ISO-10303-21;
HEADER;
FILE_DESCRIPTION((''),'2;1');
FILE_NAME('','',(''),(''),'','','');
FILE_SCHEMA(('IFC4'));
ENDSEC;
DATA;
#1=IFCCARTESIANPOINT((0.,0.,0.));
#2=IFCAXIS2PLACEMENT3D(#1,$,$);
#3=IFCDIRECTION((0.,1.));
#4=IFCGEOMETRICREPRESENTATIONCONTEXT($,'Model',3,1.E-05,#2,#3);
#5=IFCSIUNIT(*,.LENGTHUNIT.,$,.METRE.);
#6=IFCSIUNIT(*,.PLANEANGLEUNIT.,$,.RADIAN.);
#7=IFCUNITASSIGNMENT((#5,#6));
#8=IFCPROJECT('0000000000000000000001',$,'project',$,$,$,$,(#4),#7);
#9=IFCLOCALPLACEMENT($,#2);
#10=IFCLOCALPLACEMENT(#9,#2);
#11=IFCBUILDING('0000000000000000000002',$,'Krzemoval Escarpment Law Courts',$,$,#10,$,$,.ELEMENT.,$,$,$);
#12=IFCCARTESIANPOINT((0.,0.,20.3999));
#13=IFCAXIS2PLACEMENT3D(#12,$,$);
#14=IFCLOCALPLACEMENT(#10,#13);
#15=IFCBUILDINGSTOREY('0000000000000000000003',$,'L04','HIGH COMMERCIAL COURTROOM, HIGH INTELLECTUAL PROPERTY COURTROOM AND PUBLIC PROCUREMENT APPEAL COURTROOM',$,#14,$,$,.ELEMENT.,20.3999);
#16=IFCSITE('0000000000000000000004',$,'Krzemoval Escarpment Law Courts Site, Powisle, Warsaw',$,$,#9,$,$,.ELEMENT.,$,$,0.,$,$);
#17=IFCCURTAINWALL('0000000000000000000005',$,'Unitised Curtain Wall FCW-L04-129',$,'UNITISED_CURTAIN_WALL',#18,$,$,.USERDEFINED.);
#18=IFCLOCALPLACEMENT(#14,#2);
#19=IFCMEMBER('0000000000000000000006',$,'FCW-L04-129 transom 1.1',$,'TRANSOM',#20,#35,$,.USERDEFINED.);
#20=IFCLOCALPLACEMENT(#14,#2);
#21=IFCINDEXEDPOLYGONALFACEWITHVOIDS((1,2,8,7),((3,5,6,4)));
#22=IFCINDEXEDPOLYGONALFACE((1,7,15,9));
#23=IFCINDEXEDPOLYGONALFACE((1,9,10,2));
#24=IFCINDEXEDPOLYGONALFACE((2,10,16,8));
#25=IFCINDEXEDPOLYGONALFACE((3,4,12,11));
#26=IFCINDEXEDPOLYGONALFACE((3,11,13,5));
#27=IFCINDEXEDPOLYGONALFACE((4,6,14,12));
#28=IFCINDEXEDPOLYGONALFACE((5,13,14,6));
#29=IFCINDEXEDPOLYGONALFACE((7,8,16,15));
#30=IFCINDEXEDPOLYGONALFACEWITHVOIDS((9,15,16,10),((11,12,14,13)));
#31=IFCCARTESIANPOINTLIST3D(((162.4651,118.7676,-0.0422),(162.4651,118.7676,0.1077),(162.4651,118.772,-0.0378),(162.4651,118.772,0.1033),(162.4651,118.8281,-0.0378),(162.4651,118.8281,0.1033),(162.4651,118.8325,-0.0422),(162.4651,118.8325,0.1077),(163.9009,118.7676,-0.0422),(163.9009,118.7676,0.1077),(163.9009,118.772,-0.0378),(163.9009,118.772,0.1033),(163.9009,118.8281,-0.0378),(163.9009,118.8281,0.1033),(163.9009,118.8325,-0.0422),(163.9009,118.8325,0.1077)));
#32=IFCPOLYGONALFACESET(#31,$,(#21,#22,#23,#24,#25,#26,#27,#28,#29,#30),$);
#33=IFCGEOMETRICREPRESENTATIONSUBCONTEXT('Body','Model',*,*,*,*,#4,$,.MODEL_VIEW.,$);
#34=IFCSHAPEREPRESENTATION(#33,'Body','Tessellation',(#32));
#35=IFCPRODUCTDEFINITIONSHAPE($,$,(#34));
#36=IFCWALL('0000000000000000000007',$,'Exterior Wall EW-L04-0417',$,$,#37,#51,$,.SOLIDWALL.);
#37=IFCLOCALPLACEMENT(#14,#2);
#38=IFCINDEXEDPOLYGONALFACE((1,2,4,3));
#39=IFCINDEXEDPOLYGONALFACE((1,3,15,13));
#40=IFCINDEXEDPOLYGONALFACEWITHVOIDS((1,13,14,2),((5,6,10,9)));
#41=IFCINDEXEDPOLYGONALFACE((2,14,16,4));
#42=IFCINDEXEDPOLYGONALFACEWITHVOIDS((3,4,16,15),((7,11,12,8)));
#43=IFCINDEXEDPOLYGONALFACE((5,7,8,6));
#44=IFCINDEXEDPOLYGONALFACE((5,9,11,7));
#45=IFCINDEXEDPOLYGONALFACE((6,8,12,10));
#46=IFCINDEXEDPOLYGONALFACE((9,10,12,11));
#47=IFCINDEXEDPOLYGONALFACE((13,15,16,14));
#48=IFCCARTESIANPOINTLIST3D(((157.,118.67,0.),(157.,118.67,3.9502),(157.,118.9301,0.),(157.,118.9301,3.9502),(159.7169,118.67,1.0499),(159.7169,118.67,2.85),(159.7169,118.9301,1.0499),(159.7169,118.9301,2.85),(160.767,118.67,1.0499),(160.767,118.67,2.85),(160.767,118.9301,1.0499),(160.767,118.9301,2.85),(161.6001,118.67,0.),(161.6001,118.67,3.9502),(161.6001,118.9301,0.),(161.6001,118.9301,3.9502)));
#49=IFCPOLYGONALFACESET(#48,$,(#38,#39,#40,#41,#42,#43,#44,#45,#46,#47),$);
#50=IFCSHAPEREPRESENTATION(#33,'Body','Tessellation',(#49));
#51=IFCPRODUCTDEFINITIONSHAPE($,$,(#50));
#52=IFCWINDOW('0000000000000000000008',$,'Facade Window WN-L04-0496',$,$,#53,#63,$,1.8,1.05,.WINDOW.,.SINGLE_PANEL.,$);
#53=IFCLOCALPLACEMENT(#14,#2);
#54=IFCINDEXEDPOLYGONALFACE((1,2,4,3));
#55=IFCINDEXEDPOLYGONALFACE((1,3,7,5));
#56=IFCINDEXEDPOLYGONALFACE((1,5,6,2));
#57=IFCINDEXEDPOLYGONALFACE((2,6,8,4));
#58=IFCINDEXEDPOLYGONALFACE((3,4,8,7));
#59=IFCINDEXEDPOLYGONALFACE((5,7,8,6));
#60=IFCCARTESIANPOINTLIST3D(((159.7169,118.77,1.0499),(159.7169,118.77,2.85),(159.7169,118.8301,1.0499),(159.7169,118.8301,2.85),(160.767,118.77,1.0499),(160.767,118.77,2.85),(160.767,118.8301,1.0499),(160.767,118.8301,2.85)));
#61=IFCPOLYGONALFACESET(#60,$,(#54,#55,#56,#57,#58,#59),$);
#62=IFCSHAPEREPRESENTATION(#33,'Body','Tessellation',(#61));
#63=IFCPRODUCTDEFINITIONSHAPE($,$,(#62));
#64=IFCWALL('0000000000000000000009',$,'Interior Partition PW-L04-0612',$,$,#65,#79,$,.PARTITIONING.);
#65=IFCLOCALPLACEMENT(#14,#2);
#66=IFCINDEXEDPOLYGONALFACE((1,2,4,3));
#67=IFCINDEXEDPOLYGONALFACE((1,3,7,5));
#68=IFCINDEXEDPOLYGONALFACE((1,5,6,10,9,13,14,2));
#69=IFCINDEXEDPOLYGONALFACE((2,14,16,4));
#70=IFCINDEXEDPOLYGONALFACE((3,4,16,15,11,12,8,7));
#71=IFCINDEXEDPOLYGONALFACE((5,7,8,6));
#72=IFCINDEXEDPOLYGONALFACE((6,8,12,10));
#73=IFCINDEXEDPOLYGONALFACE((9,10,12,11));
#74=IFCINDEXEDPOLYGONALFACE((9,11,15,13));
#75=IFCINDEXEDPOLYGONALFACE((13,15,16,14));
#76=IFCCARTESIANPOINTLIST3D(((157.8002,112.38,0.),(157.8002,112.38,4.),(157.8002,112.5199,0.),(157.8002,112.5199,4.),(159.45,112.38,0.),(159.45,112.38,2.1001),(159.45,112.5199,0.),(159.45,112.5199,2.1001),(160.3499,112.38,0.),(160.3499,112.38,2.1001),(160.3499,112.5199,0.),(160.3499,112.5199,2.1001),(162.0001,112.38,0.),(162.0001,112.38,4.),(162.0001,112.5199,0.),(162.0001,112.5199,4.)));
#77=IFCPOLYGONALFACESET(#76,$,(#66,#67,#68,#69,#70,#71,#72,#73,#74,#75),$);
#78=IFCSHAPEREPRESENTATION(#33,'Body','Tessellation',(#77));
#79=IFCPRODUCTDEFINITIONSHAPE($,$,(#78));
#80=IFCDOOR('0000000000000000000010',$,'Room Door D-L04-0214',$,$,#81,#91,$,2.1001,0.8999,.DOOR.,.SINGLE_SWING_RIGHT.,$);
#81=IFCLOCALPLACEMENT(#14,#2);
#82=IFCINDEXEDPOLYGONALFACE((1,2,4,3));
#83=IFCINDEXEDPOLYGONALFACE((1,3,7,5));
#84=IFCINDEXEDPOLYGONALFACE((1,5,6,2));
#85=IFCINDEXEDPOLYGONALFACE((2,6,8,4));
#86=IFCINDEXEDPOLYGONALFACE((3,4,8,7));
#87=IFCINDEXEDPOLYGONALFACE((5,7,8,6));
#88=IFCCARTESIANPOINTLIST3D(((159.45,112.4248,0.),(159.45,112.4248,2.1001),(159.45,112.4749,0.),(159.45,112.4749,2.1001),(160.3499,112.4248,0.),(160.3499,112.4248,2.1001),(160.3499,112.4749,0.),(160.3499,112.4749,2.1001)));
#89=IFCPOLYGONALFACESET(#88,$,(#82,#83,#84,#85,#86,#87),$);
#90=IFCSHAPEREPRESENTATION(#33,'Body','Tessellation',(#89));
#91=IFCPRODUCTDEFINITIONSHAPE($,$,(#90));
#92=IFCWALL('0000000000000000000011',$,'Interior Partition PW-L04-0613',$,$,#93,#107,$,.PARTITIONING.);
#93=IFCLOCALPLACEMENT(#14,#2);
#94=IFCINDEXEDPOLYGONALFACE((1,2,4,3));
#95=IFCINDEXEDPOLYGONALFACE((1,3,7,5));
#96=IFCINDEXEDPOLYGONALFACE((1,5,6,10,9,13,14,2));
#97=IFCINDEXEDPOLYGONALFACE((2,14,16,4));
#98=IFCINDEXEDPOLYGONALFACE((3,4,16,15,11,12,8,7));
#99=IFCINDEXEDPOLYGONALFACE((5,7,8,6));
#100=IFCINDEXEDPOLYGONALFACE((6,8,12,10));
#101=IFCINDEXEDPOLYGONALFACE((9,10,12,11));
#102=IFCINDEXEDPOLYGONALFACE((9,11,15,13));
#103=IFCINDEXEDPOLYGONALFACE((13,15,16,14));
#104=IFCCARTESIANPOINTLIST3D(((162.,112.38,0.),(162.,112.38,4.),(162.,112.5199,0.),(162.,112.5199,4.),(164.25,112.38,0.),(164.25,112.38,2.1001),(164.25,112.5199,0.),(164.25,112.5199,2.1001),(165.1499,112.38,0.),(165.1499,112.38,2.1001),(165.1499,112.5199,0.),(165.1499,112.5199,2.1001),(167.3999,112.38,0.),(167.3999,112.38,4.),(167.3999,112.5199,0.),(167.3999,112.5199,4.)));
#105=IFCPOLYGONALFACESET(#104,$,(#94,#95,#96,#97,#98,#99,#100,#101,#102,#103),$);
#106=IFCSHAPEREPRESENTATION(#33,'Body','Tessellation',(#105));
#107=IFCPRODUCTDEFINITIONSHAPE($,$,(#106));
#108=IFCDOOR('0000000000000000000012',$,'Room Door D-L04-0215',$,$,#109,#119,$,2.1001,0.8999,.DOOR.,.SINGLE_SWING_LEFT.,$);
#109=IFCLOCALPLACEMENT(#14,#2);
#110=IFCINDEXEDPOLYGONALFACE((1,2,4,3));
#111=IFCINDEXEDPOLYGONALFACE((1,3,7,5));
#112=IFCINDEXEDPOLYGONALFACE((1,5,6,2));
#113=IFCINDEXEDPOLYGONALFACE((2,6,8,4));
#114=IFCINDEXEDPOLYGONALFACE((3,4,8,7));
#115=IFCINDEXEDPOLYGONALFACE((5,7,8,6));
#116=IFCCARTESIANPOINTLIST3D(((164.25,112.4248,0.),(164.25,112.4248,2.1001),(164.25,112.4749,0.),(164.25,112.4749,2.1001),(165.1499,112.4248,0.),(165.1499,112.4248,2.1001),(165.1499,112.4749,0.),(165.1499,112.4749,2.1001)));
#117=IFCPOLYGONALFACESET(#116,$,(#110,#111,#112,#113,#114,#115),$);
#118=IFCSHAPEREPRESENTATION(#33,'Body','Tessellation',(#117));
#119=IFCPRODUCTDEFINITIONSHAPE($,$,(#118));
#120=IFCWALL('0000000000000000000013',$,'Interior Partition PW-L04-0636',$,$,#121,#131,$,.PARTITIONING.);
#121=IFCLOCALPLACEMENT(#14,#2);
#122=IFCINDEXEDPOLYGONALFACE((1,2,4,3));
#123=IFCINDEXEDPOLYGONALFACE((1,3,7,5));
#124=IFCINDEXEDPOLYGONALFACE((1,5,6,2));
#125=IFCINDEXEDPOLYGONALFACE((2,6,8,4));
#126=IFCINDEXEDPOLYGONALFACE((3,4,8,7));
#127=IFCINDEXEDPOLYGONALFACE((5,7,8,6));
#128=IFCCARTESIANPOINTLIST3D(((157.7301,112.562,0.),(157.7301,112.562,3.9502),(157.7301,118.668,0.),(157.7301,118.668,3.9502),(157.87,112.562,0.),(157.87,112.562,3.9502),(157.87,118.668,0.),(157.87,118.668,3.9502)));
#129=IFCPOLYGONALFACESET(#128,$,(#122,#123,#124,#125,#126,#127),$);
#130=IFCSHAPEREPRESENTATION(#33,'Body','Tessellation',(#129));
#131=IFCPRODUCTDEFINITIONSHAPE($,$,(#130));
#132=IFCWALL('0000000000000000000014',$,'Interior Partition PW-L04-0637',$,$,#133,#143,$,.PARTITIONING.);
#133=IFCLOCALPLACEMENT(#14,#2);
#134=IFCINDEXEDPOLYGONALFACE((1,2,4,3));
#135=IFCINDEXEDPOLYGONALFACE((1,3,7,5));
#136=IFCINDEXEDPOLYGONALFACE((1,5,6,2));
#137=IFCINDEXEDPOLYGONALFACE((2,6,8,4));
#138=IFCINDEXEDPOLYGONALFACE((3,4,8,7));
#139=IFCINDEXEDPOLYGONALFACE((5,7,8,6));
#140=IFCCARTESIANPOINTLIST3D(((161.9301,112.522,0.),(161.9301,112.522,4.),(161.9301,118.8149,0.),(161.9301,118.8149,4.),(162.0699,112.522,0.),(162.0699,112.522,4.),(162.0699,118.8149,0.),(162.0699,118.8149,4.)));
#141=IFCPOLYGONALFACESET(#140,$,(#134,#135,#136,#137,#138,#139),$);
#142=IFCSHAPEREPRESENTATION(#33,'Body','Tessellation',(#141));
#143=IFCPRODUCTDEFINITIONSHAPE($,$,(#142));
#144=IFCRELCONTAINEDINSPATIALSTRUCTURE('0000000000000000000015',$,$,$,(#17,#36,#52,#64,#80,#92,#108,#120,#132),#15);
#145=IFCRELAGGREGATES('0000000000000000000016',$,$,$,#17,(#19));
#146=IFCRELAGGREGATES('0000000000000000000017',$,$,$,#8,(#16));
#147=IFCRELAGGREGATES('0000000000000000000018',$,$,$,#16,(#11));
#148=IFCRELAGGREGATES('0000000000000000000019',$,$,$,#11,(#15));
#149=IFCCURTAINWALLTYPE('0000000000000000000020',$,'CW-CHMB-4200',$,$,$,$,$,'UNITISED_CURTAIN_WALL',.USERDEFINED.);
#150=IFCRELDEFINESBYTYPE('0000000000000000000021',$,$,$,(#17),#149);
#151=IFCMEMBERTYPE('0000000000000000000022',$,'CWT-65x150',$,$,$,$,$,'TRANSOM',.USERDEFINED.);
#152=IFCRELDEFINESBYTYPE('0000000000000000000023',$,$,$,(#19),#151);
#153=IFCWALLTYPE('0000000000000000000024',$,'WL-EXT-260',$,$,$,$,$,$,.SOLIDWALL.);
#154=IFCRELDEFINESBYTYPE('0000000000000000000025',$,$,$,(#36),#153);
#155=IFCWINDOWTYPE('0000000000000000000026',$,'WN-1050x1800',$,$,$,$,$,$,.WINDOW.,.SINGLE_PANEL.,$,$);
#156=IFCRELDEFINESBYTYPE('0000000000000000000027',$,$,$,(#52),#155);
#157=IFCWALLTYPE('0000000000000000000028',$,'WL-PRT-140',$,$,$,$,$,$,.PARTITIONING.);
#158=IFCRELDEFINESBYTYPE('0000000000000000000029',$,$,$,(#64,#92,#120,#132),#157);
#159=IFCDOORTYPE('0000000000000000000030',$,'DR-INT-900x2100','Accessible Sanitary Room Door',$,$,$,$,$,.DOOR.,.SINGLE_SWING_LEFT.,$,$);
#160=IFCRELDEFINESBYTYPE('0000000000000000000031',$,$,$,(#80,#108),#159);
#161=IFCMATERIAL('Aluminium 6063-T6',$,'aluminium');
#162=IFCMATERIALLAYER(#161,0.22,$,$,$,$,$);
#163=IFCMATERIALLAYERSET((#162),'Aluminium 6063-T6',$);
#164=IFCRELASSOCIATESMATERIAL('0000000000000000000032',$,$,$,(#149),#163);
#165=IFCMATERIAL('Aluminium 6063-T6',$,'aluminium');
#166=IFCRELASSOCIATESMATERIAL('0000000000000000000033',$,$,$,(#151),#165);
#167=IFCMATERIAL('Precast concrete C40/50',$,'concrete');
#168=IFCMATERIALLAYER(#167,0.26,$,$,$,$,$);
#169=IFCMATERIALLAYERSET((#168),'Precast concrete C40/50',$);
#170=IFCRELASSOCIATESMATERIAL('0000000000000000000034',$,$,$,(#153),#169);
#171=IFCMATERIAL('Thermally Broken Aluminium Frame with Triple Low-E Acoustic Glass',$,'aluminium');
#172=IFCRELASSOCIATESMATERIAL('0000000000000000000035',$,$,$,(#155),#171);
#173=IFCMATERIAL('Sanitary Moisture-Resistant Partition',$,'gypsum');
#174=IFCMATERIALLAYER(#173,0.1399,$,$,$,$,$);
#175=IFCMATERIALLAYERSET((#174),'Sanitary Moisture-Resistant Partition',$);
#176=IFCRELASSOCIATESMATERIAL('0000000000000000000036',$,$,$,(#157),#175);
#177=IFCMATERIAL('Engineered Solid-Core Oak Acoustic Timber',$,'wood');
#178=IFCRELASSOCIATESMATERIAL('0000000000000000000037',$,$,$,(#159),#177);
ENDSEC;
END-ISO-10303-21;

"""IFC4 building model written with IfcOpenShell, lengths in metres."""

from ifc_helpers import new_model, si_unit, direction, frame, frame_2d, origin, origin_2d, place, context, subcontext, project, spatial, rectangle, hollow_rectangle, extrude, material, layer, layer_set, material_profile, profile_set, type_object, element, fill, aggregate, save


model = new_model("IFC4")

# Units and contexts
model_context = context("Model", 3, precision=1e-05, world=origin(), true_north=direction((0.0, 1.0)))
body_context = subcontext(model_context, "Body", "Model", "MODEL_VIEW")
ifc_project = project(units=[si_unit("LENGTHUNIT", "METRE"), si_unit("PLANEANGLEUNIT", "RADIAN")], contexts=[model_context])

# Site, building, storey
site_placement = place(None, origin())
site = spatial("IfcSite", under=ifc_project, at=site_placement, Name="Krzemoval Escarpment Law Courts Site, Powisle, Warsaw", CompositionType="ELEMENT", RefElevation=0.0)
building_placement = place(site_placement, origin())
building = spatial("IfcBuilding", under=site, at=building_placement, Name="Krzemoval Escarpment Law Courts", CompositionType="ELEMENT")
storey_placement = place(building_placement, frame((0.0, 0.0, 20.3999)))
storey = spatial("IfcBuildingStorey", under=building, at=storey_placement, Name="L04", Description="HIGH COMMERCIAL COURTROOM, HIGH INTELLECTUAL PROPERTY COURTROOM AND PUBLIC PROCUREMENT APPEAL COURTROOM", CompositionType="ELEMENT", Elevation=20.3999)

# Curtain wall, member
ifc_material_1 = material(Name="Aluminium 6063-T6", Category="aluminium")
ifc_layer_1 = layer(ifc_material_1, 0.22)
ifc_layer_set_1 = layer_set([ifc_layer_1], Name="Aluminium 6063-T6")
curtain_wall_type = type_object("IfcCurtainWallType", Name="CW-CHMB-4200", ElementType="UNITISED_CURTAIN_WALL", PredefinedType="USERDEFINED", material=ifc_layer_set_1)
curtain_wall_placement = place(storey_placement, origin())
curtain_wall = element("IfcCurtainWall", 1, at=curtain_wall_placement, inside=storey, type_object=curtain_wall_type, Name="Unitised Curtain Wall FCW-L04-129", ObjectType="UNITISED_CURTAIN_WALL", PredefinedType="USERDEFINED")
ifc_material_2 = material(Name="Aluminium 6063-T6", Category="aluminium")
ifc_material_profile_1 = material_profile(ifc_material_2, hollow_rectangle(XDim=0.0649, YDim=0.1499, WallThickness=0.0044, at=origin_2d()), Name="ALU T65x150")
ifc_profile_set_1 = profile_set([ifc_material_profile_1], Name="Aluminium 6063-T6")
member_type_1 = type_object("IfcMemberType", Name="CWT-65x150", ElementType="TRANSOM", PredefinedType="USERDEFINED", material=ifc_profile_set_1)
member_1_placement = place(storey_placement, frame((162.4651, 118.8, 0.0327), z_axis=(1.0, 0.0, 0.0), x_axis=(0.0, 1.0, 0.0)))
member_1 = element("IfcMember", 2, at=member_1_placement, type_object=member_type_1, Name="FCW-L04-129 transom 1.1", ObjectType="TRANSOM", PredefinedType="USERDEFINED", context=body_context, shape_type="SweptSolid", body=[
    extrude(hollow_rectangle(XDim=0.0649, YDim=0.1499, WallThickness=0.0044, at=origin_2d()), origin(), (0.0, 0.0, 1.0), 1.4358),
])
aggregate(curtain_wall, [member_1])

# Wall, opening, window
ifc_material_3 = material(Name="Precast concrete C40/50", Category="concrete")
ifc_layer_2 = layer(ifc_material_3, 0.26)
ifc_layer_set_2 = layer_set([ifc_layer_2], Name="Precast concrete C40/50")
wall_type_1 = type_object("IfcWallType", Name="WL-EXT-260", PredefinedType="SOLIDWALL", material=ifc_layer_set_2)
wall_1_placement = place(storey_placement, frame((157.0, 118.8, 0.0), z_axis=(0.0, 0.0, 1.0), x_axis=(1.0, 0.0, 0.0)))
wall_1 = element("IfcWall", 3, at=wall_1_placement, inside=storey, type_object=wall_type_1, Name="Exterior Wall EW-L04-0417", PredefinedType="SOLIDWALL", context=body_context, shape_type="SweptSolid", body=[
    extrude(rectangle(XDim=4.6001, YDim=0.26, at=frame_2d((2.3, 0.0))), origin(), (0.0, 0.0, 1.0), 3.9502),
])
opening_1_placement = place(wall_1_placement, frame((2.717, 0.0, 1.05)))
opening_1 = element("IfcOpeningElement", 4, at=opening_1_placement, cuts=wall_1, PredefinedType="OPENING", context=body_context, shape_type="SweptSolid", body=[
    extrude(rectangle(XDim=1.05, YDim=1.8, at=frame_2d((0.5249, 0.8999))), frame((0.0, 0.145, 0.0), z_axis=(0.0, -1.0, 0.0), x_axis=(1.0, 0.0, 0.0)), (0.0, 0.0, 1.0), 0.29),
])
ifc_material_4 = material(Name="Thermally Broken Aluminium Frame with Triple Low-E Acoustic Glass", Category="aluminium")
window_type = type_object("IfcWindowType", Name="WN-1050x1800", PartitioningType="SINGLE_PANEL", PredefinedType="WINDOW", material=ifc_material_4)
window_placement = place(opening_1_placement, origin())
window = element("IfcWindow", 5, at=window_placement, inside=storey, type_object=window_type, Name="Facade Window WN-L04-0496", OverallHeight=1.8, OverallWidth=1.05, PartitioningType="SINGLE_PANEL", PredefinedType="WINDOW", context=body_context, shape_type="SweptSolid", body=[
    extrude(rectangle(XDim=1.05, YDim=1.8, at=frame_2d((0.5249, 0.8999))), frame((0.0, 0.03, 0.0), z_axis=(0.0, -1.0, 0.0), x_axis=(1.0, 0.0, 0.0)), (0.0, 0.0, 1.0), 0.0601),
])
fill(opening_1, window)

# Walls, openings, doors
ifc_material_5 = material(Name="Sanitary Moisture-Resistant Partition", Category="gypsum")
ifc_layer_3 = layer(ifc_material_5, 0.1399)
ifc_layer_set_3 = layer_set([ifc_layer_3], Name="Sanitary Moisture-Resistant Partition")
wall_type_2 = type_object("IfcWallType", Name="WL-PRT-140", PredefinedType="PARTITIONING", material=ifc_layer_set_3)
wall_2_placement = place(storey_placement, frame((157.8, 112.45, 0.0), z_axis=(0.0, 0.0, 1.0), x_axis=(1.0, 0.0, 0.0)))
wall_2 = element("IfcWall", 6, at=wall_2_placement, inside=storey, type_object=wall_type_2, Name="Interior Partition PW-L04-0612", PredefinedType="PARTITIONING", context=body_context, shape_type="SweptSolid", body=[
    extrude(rectangle(XDim=4.2, YDim=0.1399, at=frame_2d((2.1001, 0.0))), origin(), (0.0, 0.0, 1.0), 4.0),
])
opening_2_placement = place(wall_2_placement, frame((1.6499, 0.0, 0.0)))
opening_2 = element("IfcOpeningElement", 7, at=opening_2_placement, cuts=wall_2, PredefinedType="OPENING", context=body_context, shape_type="SweptSolid", body=[
    extrude(rectangle(XDim=0.8999, YDim=2.1001, at=frame_2d((0.45, 1.05))), frame((0.0, 0.0849, 0.0), z_axis=(0.0, -1.0, 0.0), x_axis=(1.0, 0.0, 0.0)), (0.0, 0.0, 1.0), 0.1699),
])
ifc_material_6 = material(Name="Engineered Solid-Core Oak Acoustic Timber", Category="wood")
door_type = type_object("IfcDoorType", Name="DR-INT-900x2100", Description="Accessible Sanitary Room Door", OperationType="SINGLE_SWING_LEFT", PredefinedType="DOOR", material=ifc_material_6)
door_1_placement = place(opening_2_placement, origin())
door_1 = element("IfcDoor", 8, at=door_1_placement, inside=storey, type_object=door_type, Name="Room Door D-L04-0214", OperationType="SINGLE_SWING_RIGHT", OverallHeight=2.1001, OverallWidth=0.8999, PredefinedType="DOOR", context=body_context, shape_type="SweptSolid", body=[
    extrude(rectangle(XDim=0.8999, YDim=2.1001, at=frame_2d((0.45, 1.05))), frame((0.0, 0.0249, 0.0), z_axis=(0.0, -1.0, 0.0), x_axis=(1.0, 0.0, 0.0)), (0.0, 0.0, 1.0), 0.05),
])
fill(opening_2, door_1)
wall_3_placement = place(storey_placement, frame((162.0, 112.45, 0.0), z_axis=(0.0, 0.0, 1.0), x_axis=(1.0, 0.0, 0.0)))
wall_3 = element("IfcWall", 9, at=wall_3_placement, inside=storey, type_object=wall_type_2, Name="Interior Partition PW-L04-0613", PredefinedType="PARTITIONING", context=body_context, shape_type="SweptSolid", body=[
    extrude(rectangle(XDim=5.3999, YDim=0.1399, at=frame_2d((2.7, 0.0))), origin(), (0.0, 0.0, 1.0), 4.0),
])
opening_3_placement = place(wall_3_placement, frame((2.25, 0.0, 0.0)))
opening_3 = element("IfcOpeningElement", 10, at=opening_3_placement, cuts=wall_3, PredefinedType="OPENING", context=body_context, shape_type="SweptSolid", body=[
    extrude(rectangle(XDim=0.8999, YDim=2.1001, at=frame_2d((0.45, 1.05))), frame((0.0, 0.0849, 0.0), z_axis=(0.0, -1.0, 0.0), x_axis=(1.0, 0.0, 0.0)), (0.0, 0.0, 1.0), 0.1699),
])
door_2_placement = place(opening_3_placement, origin())
door_2 = element("IfcDoor", 11, at=door_2_placement, inside=storey, type_object=door_type, Name="Room Door D-L04-0215", OperationType="SINGLE_SWING_LEFT", OverallHeight=2.1001, OverallWidth=0.8999, PredefinedType="DOOR", context=body_context, shape_type="SweptSolid", body=[
    extrude(rectangle(XDim=0.8999, YDim=2.1001, at=frame_2d((0.45, 1.05))), frame((0.0, 0.0249, 0.0), z_axis=(0.0, -1.0, 0.0), x_axis=(1.0, 0.0, 0.0)), (0.0, 0.0, 1.0), 0.05),
])
fill(opening_3, door_2)

# Walls
wall_4_placement = place(storey_placement, frame((157.8, 112.562, 0.0), z_axis=(0.0, 0.0, 1.0), x_axis=(0.0, 1.0, 0.0)))
element("IfcWall", 12, at=wall_4_placement, inside=storey, type_object=wall_type_2, Name="Interior Partition PW-L04-0636", PredefinedType="PARTITIONING", context=body_context, shape_type="SweptSolid", body=[
    extrude(rectangle(XDim=6.106, YDim=0.1399, at=frame_2d((3.053, 0.0))), origin(), (0.0, 0.0, 1.0), 3.9502),
])
wall_5_placement = place(storey_placement, frame((162.0, 112.522, 0.0), z_axis=(0.0, 0.0, 1.0), x_axis=(0.0, 1.0, 0.0)))
element("IfcWall", 13, at=wall_5_placement, inside=storey, type_object=wall_type_2, Name="Interior Partition PW-L04-0637", PredefinedType="PARTITIONING", context=body_context, shape_type="SweptSolid", body=[
    extrude(rectangle(XDim=6.293, YDim=0.1399, at=frame_2d((3.1465, 0.0))), origin(), (0.0, 0.0, 1.0), 4.0),
])

save(model, "model.ifc")
